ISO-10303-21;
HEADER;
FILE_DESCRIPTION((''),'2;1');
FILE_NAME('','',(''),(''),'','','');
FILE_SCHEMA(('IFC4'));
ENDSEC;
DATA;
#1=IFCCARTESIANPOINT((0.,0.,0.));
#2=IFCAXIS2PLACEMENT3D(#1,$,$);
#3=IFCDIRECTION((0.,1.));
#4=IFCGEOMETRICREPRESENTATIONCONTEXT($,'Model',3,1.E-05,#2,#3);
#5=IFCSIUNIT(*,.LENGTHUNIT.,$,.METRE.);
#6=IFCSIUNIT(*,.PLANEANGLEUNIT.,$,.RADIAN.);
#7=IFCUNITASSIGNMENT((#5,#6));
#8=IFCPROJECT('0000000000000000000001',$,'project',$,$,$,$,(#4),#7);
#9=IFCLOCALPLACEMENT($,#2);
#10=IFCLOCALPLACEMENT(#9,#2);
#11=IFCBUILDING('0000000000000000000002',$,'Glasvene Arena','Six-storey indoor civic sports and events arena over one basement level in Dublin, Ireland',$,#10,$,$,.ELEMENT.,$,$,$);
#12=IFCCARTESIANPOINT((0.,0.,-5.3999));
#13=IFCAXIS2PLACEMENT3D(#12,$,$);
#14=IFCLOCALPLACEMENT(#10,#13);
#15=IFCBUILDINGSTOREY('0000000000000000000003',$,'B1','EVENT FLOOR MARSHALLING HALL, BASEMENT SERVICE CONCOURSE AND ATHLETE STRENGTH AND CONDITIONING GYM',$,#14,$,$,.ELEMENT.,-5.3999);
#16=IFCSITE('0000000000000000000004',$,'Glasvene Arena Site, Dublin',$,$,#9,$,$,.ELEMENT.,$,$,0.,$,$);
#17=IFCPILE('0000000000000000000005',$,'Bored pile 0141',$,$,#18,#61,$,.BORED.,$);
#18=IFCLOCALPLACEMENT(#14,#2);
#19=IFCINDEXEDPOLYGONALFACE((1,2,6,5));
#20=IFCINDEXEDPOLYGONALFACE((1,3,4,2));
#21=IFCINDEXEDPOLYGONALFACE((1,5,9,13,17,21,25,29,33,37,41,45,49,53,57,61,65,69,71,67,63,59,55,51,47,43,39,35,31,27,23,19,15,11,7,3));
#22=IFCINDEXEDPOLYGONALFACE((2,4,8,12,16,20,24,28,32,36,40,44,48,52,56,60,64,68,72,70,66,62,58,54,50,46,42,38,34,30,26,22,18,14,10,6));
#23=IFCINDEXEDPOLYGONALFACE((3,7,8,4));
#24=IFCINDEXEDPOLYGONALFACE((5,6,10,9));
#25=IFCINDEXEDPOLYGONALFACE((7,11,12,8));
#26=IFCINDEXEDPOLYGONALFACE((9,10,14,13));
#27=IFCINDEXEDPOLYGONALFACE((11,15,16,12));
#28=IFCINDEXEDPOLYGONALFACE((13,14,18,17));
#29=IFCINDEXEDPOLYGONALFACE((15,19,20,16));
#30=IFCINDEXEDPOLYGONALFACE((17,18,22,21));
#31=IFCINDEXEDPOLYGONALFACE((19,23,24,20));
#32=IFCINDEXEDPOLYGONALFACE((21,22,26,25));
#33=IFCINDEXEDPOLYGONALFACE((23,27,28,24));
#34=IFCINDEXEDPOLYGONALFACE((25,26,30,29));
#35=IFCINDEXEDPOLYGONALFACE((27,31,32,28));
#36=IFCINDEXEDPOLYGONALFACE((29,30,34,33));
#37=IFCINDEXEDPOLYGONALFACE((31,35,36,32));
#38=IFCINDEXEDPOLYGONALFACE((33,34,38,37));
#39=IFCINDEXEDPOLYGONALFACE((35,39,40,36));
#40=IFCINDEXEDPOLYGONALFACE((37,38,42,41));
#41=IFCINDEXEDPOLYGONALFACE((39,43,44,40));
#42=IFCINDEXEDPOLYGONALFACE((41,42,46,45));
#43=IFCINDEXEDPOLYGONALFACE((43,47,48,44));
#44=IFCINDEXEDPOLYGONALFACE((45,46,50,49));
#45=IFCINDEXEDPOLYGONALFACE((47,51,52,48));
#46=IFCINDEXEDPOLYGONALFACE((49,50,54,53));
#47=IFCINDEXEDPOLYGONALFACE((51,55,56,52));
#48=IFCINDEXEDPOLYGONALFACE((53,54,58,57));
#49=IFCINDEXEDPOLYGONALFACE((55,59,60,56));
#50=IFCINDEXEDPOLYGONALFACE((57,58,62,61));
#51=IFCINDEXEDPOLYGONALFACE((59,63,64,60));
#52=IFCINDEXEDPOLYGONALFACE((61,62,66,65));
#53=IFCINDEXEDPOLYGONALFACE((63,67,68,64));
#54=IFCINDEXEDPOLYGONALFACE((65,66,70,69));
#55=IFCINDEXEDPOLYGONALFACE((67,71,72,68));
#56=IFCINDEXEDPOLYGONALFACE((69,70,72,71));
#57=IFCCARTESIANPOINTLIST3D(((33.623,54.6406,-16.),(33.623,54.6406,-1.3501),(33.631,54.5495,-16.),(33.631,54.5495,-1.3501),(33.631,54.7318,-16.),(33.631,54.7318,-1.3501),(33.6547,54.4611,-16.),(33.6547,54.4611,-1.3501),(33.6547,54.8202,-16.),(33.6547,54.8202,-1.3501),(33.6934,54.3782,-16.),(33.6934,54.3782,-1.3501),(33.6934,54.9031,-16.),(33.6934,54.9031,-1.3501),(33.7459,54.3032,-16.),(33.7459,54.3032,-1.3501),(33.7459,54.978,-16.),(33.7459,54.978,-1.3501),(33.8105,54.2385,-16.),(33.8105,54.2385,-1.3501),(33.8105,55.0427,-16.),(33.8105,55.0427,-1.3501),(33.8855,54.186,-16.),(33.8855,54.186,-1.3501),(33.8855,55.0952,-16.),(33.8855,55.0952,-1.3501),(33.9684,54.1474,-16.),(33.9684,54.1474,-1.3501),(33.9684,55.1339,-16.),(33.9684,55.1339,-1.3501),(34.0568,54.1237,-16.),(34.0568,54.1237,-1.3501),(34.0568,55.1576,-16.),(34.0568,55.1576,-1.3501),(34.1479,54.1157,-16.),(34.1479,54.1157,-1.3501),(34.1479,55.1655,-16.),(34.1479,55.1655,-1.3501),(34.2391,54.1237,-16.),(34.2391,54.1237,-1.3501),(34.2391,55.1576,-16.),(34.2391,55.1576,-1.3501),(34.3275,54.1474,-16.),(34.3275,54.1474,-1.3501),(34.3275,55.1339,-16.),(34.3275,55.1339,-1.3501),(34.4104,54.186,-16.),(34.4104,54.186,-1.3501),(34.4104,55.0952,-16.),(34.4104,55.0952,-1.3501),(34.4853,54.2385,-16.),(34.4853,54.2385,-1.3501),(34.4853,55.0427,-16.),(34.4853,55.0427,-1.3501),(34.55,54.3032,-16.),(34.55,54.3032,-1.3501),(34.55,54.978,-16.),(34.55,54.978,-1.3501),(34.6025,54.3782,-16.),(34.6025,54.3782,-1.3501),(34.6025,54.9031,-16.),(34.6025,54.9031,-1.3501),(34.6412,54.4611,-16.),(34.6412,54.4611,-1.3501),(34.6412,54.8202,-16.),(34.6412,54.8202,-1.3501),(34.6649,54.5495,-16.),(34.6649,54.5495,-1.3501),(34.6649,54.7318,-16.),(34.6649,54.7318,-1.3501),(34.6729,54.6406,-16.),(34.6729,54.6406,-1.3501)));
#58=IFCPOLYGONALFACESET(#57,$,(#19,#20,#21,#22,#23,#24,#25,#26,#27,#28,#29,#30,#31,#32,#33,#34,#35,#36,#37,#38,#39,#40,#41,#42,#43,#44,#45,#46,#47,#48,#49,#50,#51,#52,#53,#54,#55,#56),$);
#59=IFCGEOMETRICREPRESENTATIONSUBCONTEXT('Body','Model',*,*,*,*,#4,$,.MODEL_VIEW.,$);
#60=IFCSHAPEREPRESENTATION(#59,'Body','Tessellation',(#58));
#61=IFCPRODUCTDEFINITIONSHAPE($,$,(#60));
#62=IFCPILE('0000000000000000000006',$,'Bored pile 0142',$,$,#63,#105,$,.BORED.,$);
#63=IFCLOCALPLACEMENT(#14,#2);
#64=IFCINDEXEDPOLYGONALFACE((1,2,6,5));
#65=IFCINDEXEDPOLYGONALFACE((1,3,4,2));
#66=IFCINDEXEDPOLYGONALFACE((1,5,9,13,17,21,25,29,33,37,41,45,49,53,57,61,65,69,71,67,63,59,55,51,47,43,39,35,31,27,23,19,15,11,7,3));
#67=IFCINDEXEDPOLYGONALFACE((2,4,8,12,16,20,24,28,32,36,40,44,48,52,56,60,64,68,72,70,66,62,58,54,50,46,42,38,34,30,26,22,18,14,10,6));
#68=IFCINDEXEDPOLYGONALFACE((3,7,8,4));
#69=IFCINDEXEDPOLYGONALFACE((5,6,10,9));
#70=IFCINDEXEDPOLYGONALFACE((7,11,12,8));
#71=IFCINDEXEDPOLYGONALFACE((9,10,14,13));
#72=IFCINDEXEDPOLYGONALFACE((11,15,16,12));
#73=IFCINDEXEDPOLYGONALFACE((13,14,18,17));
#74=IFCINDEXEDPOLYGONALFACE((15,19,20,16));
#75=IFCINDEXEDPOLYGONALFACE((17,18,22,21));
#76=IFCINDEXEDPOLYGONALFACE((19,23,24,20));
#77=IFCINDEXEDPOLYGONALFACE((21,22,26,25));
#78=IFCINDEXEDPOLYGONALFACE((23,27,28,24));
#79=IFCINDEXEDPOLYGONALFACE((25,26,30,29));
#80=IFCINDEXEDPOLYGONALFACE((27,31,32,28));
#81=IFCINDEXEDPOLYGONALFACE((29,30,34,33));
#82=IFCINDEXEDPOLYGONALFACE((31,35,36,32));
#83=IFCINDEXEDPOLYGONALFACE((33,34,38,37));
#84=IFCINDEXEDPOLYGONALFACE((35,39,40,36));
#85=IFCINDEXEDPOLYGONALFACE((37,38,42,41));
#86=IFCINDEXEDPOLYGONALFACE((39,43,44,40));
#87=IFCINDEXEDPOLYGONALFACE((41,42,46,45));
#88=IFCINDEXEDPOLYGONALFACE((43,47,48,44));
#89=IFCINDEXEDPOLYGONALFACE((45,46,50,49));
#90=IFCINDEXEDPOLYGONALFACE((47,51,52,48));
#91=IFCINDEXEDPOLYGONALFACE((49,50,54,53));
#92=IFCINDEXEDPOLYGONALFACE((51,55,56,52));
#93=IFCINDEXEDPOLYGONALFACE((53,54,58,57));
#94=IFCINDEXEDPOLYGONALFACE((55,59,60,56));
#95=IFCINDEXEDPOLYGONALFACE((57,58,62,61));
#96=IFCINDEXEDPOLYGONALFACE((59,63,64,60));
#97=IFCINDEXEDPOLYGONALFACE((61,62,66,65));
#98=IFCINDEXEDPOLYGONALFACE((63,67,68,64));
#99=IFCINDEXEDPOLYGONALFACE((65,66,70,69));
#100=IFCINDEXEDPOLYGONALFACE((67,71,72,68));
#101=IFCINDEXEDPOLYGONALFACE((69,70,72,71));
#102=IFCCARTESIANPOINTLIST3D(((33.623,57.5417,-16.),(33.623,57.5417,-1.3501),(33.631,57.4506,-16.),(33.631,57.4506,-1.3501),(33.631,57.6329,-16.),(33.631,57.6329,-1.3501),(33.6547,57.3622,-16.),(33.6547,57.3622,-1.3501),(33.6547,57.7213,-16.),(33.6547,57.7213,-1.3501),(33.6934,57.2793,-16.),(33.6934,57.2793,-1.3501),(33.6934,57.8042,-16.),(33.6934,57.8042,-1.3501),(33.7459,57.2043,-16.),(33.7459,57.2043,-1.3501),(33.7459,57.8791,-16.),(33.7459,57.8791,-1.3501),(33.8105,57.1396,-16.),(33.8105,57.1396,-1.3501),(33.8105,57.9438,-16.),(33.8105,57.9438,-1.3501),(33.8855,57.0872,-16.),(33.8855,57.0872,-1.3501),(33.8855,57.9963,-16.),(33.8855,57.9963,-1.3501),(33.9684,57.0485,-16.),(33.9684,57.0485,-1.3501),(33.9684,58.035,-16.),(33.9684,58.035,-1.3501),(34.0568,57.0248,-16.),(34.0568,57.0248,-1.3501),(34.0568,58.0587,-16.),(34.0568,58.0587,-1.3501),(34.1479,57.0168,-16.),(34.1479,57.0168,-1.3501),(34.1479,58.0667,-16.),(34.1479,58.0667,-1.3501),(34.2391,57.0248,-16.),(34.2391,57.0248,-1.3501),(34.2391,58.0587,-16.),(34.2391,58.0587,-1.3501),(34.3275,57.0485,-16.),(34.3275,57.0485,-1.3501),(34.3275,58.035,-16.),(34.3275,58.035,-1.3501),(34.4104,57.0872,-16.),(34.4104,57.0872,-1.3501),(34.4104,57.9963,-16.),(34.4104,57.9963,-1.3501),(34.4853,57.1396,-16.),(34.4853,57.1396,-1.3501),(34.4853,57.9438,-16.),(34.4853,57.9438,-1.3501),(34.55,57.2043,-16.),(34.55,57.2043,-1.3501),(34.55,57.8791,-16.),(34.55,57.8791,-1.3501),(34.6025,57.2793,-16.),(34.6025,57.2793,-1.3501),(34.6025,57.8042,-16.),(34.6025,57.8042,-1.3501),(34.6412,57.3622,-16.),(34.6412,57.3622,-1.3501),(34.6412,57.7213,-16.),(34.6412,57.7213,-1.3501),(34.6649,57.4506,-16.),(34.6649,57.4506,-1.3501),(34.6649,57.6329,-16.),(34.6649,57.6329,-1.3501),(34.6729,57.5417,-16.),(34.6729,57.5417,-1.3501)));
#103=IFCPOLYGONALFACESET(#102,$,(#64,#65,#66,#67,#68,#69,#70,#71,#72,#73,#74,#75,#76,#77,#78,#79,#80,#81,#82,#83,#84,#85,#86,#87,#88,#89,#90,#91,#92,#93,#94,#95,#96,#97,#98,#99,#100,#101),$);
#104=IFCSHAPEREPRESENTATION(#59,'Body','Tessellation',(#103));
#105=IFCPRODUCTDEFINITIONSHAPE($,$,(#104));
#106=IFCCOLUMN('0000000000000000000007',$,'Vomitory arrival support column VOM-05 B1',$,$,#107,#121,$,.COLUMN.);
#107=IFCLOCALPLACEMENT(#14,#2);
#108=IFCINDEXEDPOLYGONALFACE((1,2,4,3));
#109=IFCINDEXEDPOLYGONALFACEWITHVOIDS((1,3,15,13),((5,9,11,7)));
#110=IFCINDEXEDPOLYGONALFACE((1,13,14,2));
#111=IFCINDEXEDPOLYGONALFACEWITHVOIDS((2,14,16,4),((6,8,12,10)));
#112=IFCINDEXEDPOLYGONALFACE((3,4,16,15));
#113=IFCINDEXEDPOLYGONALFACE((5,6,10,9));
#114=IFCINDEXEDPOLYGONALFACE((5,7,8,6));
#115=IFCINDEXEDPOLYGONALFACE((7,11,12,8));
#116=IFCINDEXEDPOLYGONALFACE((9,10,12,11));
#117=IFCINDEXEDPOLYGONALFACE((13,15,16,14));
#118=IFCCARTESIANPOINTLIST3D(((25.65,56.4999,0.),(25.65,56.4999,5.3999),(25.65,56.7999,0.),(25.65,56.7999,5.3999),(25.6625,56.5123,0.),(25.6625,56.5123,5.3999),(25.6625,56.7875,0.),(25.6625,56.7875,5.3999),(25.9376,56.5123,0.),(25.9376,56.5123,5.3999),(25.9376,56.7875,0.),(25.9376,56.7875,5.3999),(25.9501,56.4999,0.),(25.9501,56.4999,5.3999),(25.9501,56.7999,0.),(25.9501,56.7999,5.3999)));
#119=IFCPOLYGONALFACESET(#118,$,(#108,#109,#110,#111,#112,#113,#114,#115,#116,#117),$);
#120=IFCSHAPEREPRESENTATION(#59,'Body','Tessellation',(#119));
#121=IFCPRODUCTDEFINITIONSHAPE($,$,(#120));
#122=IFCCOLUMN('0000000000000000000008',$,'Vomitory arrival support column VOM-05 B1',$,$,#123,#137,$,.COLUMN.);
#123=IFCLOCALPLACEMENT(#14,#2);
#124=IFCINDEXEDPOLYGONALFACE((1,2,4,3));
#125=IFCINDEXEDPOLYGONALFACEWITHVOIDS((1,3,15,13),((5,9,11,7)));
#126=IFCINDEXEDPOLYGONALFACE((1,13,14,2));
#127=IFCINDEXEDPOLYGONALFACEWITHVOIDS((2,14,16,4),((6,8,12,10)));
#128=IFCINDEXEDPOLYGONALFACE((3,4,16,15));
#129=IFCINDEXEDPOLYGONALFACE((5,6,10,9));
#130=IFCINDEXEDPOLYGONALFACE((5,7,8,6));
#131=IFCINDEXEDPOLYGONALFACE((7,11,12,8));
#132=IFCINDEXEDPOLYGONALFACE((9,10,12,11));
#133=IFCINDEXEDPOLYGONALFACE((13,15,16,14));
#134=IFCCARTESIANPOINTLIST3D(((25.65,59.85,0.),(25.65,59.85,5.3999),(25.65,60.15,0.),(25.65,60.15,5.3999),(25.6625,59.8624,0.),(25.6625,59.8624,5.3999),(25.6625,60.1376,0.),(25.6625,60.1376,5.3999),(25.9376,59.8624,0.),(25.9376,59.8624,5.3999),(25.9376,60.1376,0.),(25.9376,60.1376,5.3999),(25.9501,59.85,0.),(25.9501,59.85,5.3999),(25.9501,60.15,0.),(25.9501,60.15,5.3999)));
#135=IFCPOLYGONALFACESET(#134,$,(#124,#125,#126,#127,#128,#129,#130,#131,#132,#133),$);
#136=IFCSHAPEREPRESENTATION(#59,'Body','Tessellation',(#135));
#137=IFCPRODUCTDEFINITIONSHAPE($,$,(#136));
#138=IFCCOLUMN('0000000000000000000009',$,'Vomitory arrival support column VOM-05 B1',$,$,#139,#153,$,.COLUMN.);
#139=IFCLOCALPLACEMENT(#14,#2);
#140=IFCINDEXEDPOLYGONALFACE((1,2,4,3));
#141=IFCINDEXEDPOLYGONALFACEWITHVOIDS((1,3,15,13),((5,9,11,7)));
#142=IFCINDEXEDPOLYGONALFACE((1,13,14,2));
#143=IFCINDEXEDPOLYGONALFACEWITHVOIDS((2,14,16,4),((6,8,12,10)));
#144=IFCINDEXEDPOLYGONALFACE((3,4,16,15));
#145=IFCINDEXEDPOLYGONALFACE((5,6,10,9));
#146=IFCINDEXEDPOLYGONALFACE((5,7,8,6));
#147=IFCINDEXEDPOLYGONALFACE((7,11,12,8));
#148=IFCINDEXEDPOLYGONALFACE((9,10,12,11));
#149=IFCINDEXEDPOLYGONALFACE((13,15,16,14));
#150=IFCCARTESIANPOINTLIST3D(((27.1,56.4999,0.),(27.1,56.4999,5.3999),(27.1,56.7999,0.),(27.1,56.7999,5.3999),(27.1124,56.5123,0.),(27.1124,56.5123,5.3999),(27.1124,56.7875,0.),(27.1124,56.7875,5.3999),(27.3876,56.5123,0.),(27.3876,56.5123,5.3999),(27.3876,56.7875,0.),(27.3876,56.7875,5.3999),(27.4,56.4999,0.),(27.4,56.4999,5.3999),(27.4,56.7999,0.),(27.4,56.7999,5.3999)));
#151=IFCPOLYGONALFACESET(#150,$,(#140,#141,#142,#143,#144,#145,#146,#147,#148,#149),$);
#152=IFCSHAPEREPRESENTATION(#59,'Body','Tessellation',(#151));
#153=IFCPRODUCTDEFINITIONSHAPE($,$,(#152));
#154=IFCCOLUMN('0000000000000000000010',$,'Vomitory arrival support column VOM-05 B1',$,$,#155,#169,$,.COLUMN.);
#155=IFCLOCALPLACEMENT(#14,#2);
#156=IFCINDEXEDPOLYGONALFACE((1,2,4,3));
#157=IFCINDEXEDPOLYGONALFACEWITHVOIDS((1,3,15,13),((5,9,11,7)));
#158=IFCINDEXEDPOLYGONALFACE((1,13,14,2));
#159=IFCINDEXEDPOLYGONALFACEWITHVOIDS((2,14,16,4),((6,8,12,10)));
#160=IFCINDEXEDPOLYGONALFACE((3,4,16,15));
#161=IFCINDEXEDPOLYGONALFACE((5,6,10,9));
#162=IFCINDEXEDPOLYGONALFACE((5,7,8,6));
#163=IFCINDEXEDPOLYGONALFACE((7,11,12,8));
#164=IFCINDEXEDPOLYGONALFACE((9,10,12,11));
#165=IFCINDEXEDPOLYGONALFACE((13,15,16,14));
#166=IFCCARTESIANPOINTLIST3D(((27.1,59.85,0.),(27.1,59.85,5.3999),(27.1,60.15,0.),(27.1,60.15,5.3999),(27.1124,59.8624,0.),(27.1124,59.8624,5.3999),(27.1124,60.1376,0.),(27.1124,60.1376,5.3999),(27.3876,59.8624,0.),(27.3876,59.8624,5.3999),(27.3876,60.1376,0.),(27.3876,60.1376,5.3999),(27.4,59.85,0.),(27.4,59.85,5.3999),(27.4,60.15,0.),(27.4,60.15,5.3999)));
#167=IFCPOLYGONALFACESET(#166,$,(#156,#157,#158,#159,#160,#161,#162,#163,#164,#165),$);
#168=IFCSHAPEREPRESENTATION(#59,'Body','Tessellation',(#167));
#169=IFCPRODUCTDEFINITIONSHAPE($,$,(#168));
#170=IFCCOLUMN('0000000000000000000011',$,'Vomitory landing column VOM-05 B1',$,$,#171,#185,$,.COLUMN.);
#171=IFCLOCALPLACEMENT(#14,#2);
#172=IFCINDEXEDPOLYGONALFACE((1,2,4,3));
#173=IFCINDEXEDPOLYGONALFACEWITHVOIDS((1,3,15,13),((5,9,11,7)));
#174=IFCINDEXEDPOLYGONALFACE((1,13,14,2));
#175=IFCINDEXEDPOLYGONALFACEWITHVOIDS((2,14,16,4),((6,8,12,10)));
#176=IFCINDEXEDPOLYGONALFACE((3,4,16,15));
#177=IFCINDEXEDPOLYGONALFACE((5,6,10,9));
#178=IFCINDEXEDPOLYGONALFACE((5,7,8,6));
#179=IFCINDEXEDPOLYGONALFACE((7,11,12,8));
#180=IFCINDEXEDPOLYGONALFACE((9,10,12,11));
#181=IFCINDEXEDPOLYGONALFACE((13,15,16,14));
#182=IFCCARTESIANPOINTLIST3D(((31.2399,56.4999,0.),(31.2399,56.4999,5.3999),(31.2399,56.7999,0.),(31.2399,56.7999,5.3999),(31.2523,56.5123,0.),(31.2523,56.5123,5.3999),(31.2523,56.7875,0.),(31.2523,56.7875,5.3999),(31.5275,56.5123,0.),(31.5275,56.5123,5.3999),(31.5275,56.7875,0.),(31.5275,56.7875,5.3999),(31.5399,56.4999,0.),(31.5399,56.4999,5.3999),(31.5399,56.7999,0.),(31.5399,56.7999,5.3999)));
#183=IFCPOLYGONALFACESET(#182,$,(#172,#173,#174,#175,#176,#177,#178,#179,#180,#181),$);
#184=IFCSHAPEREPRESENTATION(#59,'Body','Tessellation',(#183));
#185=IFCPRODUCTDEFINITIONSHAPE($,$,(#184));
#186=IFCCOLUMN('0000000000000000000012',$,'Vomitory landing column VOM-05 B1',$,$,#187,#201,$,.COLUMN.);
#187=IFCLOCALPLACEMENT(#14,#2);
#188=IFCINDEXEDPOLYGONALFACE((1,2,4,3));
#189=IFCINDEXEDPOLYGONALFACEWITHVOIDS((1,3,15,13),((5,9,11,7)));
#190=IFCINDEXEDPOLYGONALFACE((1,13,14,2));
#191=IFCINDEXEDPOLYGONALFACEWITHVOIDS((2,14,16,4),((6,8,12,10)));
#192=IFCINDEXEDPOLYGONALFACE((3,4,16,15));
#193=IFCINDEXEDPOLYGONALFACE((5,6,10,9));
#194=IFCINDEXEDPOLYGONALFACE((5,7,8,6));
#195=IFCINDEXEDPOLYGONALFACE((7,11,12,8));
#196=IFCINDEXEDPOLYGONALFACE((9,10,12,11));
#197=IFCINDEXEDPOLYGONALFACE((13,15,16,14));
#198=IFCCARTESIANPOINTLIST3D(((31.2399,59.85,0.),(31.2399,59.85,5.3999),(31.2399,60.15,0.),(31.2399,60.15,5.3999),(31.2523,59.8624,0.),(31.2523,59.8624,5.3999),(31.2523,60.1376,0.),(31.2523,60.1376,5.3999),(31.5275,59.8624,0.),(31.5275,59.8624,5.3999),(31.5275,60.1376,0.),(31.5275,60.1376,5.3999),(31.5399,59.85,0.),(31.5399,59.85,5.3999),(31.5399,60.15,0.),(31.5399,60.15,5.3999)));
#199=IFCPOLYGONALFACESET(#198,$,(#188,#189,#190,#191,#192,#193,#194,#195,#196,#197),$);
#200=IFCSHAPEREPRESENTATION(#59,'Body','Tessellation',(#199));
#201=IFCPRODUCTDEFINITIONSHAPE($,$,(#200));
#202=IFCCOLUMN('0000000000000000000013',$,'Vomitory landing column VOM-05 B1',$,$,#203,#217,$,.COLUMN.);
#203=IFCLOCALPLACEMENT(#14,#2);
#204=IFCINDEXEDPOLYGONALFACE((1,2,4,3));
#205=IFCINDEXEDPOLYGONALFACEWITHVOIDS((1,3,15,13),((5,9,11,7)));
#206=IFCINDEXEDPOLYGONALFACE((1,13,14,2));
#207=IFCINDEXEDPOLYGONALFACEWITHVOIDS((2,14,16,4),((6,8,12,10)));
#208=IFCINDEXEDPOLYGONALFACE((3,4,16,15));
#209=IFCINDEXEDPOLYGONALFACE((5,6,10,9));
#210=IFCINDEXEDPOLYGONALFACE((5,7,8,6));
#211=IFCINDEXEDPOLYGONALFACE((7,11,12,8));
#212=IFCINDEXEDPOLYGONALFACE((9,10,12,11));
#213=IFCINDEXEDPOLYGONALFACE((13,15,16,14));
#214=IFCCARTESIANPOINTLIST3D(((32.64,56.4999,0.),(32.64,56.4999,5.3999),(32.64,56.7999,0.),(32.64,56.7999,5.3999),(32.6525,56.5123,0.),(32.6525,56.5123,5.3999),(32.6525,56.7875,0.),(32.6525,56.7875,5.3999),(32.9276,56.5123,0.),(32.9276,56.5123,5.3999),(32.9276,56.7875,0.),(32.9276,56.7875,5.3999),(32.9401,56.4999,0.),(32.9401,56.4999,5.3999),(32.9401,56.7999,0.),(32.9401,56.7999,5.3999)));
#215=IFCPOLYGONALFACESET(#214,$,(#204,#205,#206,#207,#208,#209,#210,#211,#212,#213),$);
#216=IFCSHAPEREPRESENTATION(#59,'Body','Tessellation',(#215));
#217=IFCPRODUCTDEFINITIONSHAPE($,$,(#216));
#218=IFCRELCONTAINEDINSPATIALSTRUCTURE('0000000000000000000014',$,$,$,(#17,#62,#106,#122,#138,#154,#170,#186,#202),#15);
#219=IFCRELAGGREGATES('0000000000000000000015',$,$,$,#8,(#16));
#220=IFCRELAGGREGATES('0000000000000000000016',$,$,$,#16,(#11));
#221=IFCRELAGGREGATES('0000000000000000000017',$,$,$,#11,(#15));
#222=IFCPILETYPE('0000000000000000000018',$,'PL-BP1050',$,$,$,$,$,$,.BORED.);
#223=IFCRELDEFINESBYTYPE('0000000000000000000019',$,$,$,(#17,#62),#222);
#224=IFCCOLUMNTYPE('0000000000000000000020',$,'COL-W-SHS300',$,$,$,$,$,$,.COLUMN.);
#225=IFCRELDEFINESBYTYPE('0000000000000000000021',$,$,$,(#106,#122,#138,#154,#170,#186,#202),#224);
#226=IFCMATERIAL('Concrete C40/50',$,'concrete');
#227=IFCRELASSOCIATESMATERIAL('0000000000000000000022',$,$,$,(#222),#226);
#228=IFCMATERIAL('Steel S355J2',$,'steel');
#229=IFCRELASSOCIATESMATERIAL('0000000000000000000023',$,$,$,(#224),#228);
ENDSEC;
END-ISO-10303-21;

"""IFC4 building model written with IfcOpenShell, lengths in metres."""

from ifc_helpers import new_model, si_unit, direction, frame, origin, origin_2d, place, context, subcontext, project, spatial, hollow_rectangle, circle, extrude, material, material_profile, profile_set, type_object, element, save


model = new_model("IFC4")

# Units and contexts
model_context = context("Model", 3, precision=1e-05, world=origin(), true_north=direction((0.0, 1.0)))
body_context = subcontext(model_context, "Body", "Model", "MODEL_VIEW")
ifc_project = project(units=[si_unit("LENGTHUNIT", "METRE"), si_unit("PLANEANGLEUNIT", "RADIAN")], contexts=[model_context])

# Site, building, storey
site_placement = place(None, origin())
site = spatial("IfcSite", under=ifc_project, at=site_placement, Name="Glasvene Arena Site, Dublin", CompositionType="ELEMENT", RefElevation=0.0)
building_placement = place(site_placement, origin())
building = spatial("IfcBuilding", under=site, at=building_placement, Name="Glasvene Arena", Description="Six-storey indoor civic sports and events arena over one basement level in Dublin, Ireland", CompositionType="ELEMENT")
storey_placement = place(building_placement, frame((0.0, 0.0, -5.3999)))
storey = spatial("IfcBuildingStorey", under=building, at=storey_placement, Name="B1", Description="EVENT FLOOR MARSHALLING HALL, BASEMENT SERVICE CONCOURSE AND ATHLETE STRENGTH AND CONDITIONING GYM", CompositionType="ELEMENT", Elevation=-5.3999)

# Shared definitions
ifc_material_1 = material(Name="Concrete C40/50", Category="concrete")

# Piles
ifc_material_profile_1 = material_profile(ifc_material_1, circle(Radius=0.5249, at=origin_2d()), Name="BORED PILE 1050")
ifc_profile_set_1 = profile_set([ifc_material_profile_1], Name="Concrete C40/50")
pile_type = type_object("IfcPileType", Name="PL-BP1050", PredefinedType="BORED", material=ifc_profile_set_1)
for number, where, z_axis, x_axis, name in (
    (1, (34.1479, 54.6406, -1.3501), (0.0, 0.0, -1.0), (1.0, 0.0, 0.0), "Bored pile 0141"),
    (2, (34.1479, 57.5417, -1.3501), (0.0, 0.0, -1.0), (1.0, 0.0, 0.0), "Bored pile 0142"),
):
    element("IfcPile", number, at=place(storey_placement, frame(where, z_axis=z_axis, x_axis=x_axis)), inside=storey, type_object=pile_type, Name=name, PredefinedType="BORED", context=body_context, shape_type="SweptSolid", body=[
        extrude(circle(Radius=0.5249, at=origin_2d()), origin(), (0.0, 0.0, 1.0), 14.6499),
    ])

# Columns
ifc_material_2 = material(Name="Steel S355J2", Category="steel")
ifc_material_profile_2 = material_profile(ifc_material_2, hollow_rectangle(XDim=0.3, YDim=0.3, WallThickness=0.0125, at=origin_2d()), Name="SHS 300x300x12.5")
ifc_profile_set_2 = profile_set([ifc_material_profile_2], Name="Steel S355J2")
column_type_1 = type_object("IfcColumnType", Name="COL-W-SHS300", PredefinedType="COLUMN", material=ifc_profile_set_2)
for number, where, z_axis, x_axis, name in (
    (3, (25.8, 56.6499, 0.0), (0.0, 0.0, 1.0), (1.0, 0.0, 0.0), "Vomitory arrival support column VOM-05 B1"),
    (4, (25.8, 60.0, 0.0), (0.0, 0.0, 1.0), (1.0, 0.0, 0.0), "Vomitory arrival support column VOM-05 B1"),
    (5, (27.25, 56.6499, 0.0), (0.0, 0.0, 1.0), (1.0, 0.0, 0.0), "Vomitory arrival support column VOM-05 B1"),
    (6, (27.25, 60.0, 0.0), (0.0, 0.0, 1.0), (1.0, 0.0, 0.0), "Vomitory arrival support column VOM-05 B1"),
    (7, (31.3899, 56.6499, 0.0), (0.0, 0.0, 1.0), (1.0, 0.0, 0.0), "Vomitory landing column VOM-05 B1"),
    (8, (31.3899, 60.0, 0.0), (0.0, 0.0, 1.0), (1.0, 0.0, 0.0), "Vomitory landing column VOM-05 B1"),
    (9, (32.79, 56.6499, 0.0), (0.0, 0.0, 1.0), (1.0, 0.0, 0.0), "Vomitory landing column VOM-05 B1"),
):
    element("IfcColumn", number, at=place(storey_placement, frame(where, z_axis=z_axis, x_axis=x_axis)), inside=storey, type_object=column_type_1, Name=name, PredefinedType="COLUMN", context=body_context, shape_type="SweptSolid", body=[
        extrude(hollow_rectangle(XDim=0.3, YDim=0.3, WallThickness=0.0125, at=origin_2d()), origin(), (0.0, 0.0, 1.0), 5.3999),
    ])

save(model, "model.ifc")
